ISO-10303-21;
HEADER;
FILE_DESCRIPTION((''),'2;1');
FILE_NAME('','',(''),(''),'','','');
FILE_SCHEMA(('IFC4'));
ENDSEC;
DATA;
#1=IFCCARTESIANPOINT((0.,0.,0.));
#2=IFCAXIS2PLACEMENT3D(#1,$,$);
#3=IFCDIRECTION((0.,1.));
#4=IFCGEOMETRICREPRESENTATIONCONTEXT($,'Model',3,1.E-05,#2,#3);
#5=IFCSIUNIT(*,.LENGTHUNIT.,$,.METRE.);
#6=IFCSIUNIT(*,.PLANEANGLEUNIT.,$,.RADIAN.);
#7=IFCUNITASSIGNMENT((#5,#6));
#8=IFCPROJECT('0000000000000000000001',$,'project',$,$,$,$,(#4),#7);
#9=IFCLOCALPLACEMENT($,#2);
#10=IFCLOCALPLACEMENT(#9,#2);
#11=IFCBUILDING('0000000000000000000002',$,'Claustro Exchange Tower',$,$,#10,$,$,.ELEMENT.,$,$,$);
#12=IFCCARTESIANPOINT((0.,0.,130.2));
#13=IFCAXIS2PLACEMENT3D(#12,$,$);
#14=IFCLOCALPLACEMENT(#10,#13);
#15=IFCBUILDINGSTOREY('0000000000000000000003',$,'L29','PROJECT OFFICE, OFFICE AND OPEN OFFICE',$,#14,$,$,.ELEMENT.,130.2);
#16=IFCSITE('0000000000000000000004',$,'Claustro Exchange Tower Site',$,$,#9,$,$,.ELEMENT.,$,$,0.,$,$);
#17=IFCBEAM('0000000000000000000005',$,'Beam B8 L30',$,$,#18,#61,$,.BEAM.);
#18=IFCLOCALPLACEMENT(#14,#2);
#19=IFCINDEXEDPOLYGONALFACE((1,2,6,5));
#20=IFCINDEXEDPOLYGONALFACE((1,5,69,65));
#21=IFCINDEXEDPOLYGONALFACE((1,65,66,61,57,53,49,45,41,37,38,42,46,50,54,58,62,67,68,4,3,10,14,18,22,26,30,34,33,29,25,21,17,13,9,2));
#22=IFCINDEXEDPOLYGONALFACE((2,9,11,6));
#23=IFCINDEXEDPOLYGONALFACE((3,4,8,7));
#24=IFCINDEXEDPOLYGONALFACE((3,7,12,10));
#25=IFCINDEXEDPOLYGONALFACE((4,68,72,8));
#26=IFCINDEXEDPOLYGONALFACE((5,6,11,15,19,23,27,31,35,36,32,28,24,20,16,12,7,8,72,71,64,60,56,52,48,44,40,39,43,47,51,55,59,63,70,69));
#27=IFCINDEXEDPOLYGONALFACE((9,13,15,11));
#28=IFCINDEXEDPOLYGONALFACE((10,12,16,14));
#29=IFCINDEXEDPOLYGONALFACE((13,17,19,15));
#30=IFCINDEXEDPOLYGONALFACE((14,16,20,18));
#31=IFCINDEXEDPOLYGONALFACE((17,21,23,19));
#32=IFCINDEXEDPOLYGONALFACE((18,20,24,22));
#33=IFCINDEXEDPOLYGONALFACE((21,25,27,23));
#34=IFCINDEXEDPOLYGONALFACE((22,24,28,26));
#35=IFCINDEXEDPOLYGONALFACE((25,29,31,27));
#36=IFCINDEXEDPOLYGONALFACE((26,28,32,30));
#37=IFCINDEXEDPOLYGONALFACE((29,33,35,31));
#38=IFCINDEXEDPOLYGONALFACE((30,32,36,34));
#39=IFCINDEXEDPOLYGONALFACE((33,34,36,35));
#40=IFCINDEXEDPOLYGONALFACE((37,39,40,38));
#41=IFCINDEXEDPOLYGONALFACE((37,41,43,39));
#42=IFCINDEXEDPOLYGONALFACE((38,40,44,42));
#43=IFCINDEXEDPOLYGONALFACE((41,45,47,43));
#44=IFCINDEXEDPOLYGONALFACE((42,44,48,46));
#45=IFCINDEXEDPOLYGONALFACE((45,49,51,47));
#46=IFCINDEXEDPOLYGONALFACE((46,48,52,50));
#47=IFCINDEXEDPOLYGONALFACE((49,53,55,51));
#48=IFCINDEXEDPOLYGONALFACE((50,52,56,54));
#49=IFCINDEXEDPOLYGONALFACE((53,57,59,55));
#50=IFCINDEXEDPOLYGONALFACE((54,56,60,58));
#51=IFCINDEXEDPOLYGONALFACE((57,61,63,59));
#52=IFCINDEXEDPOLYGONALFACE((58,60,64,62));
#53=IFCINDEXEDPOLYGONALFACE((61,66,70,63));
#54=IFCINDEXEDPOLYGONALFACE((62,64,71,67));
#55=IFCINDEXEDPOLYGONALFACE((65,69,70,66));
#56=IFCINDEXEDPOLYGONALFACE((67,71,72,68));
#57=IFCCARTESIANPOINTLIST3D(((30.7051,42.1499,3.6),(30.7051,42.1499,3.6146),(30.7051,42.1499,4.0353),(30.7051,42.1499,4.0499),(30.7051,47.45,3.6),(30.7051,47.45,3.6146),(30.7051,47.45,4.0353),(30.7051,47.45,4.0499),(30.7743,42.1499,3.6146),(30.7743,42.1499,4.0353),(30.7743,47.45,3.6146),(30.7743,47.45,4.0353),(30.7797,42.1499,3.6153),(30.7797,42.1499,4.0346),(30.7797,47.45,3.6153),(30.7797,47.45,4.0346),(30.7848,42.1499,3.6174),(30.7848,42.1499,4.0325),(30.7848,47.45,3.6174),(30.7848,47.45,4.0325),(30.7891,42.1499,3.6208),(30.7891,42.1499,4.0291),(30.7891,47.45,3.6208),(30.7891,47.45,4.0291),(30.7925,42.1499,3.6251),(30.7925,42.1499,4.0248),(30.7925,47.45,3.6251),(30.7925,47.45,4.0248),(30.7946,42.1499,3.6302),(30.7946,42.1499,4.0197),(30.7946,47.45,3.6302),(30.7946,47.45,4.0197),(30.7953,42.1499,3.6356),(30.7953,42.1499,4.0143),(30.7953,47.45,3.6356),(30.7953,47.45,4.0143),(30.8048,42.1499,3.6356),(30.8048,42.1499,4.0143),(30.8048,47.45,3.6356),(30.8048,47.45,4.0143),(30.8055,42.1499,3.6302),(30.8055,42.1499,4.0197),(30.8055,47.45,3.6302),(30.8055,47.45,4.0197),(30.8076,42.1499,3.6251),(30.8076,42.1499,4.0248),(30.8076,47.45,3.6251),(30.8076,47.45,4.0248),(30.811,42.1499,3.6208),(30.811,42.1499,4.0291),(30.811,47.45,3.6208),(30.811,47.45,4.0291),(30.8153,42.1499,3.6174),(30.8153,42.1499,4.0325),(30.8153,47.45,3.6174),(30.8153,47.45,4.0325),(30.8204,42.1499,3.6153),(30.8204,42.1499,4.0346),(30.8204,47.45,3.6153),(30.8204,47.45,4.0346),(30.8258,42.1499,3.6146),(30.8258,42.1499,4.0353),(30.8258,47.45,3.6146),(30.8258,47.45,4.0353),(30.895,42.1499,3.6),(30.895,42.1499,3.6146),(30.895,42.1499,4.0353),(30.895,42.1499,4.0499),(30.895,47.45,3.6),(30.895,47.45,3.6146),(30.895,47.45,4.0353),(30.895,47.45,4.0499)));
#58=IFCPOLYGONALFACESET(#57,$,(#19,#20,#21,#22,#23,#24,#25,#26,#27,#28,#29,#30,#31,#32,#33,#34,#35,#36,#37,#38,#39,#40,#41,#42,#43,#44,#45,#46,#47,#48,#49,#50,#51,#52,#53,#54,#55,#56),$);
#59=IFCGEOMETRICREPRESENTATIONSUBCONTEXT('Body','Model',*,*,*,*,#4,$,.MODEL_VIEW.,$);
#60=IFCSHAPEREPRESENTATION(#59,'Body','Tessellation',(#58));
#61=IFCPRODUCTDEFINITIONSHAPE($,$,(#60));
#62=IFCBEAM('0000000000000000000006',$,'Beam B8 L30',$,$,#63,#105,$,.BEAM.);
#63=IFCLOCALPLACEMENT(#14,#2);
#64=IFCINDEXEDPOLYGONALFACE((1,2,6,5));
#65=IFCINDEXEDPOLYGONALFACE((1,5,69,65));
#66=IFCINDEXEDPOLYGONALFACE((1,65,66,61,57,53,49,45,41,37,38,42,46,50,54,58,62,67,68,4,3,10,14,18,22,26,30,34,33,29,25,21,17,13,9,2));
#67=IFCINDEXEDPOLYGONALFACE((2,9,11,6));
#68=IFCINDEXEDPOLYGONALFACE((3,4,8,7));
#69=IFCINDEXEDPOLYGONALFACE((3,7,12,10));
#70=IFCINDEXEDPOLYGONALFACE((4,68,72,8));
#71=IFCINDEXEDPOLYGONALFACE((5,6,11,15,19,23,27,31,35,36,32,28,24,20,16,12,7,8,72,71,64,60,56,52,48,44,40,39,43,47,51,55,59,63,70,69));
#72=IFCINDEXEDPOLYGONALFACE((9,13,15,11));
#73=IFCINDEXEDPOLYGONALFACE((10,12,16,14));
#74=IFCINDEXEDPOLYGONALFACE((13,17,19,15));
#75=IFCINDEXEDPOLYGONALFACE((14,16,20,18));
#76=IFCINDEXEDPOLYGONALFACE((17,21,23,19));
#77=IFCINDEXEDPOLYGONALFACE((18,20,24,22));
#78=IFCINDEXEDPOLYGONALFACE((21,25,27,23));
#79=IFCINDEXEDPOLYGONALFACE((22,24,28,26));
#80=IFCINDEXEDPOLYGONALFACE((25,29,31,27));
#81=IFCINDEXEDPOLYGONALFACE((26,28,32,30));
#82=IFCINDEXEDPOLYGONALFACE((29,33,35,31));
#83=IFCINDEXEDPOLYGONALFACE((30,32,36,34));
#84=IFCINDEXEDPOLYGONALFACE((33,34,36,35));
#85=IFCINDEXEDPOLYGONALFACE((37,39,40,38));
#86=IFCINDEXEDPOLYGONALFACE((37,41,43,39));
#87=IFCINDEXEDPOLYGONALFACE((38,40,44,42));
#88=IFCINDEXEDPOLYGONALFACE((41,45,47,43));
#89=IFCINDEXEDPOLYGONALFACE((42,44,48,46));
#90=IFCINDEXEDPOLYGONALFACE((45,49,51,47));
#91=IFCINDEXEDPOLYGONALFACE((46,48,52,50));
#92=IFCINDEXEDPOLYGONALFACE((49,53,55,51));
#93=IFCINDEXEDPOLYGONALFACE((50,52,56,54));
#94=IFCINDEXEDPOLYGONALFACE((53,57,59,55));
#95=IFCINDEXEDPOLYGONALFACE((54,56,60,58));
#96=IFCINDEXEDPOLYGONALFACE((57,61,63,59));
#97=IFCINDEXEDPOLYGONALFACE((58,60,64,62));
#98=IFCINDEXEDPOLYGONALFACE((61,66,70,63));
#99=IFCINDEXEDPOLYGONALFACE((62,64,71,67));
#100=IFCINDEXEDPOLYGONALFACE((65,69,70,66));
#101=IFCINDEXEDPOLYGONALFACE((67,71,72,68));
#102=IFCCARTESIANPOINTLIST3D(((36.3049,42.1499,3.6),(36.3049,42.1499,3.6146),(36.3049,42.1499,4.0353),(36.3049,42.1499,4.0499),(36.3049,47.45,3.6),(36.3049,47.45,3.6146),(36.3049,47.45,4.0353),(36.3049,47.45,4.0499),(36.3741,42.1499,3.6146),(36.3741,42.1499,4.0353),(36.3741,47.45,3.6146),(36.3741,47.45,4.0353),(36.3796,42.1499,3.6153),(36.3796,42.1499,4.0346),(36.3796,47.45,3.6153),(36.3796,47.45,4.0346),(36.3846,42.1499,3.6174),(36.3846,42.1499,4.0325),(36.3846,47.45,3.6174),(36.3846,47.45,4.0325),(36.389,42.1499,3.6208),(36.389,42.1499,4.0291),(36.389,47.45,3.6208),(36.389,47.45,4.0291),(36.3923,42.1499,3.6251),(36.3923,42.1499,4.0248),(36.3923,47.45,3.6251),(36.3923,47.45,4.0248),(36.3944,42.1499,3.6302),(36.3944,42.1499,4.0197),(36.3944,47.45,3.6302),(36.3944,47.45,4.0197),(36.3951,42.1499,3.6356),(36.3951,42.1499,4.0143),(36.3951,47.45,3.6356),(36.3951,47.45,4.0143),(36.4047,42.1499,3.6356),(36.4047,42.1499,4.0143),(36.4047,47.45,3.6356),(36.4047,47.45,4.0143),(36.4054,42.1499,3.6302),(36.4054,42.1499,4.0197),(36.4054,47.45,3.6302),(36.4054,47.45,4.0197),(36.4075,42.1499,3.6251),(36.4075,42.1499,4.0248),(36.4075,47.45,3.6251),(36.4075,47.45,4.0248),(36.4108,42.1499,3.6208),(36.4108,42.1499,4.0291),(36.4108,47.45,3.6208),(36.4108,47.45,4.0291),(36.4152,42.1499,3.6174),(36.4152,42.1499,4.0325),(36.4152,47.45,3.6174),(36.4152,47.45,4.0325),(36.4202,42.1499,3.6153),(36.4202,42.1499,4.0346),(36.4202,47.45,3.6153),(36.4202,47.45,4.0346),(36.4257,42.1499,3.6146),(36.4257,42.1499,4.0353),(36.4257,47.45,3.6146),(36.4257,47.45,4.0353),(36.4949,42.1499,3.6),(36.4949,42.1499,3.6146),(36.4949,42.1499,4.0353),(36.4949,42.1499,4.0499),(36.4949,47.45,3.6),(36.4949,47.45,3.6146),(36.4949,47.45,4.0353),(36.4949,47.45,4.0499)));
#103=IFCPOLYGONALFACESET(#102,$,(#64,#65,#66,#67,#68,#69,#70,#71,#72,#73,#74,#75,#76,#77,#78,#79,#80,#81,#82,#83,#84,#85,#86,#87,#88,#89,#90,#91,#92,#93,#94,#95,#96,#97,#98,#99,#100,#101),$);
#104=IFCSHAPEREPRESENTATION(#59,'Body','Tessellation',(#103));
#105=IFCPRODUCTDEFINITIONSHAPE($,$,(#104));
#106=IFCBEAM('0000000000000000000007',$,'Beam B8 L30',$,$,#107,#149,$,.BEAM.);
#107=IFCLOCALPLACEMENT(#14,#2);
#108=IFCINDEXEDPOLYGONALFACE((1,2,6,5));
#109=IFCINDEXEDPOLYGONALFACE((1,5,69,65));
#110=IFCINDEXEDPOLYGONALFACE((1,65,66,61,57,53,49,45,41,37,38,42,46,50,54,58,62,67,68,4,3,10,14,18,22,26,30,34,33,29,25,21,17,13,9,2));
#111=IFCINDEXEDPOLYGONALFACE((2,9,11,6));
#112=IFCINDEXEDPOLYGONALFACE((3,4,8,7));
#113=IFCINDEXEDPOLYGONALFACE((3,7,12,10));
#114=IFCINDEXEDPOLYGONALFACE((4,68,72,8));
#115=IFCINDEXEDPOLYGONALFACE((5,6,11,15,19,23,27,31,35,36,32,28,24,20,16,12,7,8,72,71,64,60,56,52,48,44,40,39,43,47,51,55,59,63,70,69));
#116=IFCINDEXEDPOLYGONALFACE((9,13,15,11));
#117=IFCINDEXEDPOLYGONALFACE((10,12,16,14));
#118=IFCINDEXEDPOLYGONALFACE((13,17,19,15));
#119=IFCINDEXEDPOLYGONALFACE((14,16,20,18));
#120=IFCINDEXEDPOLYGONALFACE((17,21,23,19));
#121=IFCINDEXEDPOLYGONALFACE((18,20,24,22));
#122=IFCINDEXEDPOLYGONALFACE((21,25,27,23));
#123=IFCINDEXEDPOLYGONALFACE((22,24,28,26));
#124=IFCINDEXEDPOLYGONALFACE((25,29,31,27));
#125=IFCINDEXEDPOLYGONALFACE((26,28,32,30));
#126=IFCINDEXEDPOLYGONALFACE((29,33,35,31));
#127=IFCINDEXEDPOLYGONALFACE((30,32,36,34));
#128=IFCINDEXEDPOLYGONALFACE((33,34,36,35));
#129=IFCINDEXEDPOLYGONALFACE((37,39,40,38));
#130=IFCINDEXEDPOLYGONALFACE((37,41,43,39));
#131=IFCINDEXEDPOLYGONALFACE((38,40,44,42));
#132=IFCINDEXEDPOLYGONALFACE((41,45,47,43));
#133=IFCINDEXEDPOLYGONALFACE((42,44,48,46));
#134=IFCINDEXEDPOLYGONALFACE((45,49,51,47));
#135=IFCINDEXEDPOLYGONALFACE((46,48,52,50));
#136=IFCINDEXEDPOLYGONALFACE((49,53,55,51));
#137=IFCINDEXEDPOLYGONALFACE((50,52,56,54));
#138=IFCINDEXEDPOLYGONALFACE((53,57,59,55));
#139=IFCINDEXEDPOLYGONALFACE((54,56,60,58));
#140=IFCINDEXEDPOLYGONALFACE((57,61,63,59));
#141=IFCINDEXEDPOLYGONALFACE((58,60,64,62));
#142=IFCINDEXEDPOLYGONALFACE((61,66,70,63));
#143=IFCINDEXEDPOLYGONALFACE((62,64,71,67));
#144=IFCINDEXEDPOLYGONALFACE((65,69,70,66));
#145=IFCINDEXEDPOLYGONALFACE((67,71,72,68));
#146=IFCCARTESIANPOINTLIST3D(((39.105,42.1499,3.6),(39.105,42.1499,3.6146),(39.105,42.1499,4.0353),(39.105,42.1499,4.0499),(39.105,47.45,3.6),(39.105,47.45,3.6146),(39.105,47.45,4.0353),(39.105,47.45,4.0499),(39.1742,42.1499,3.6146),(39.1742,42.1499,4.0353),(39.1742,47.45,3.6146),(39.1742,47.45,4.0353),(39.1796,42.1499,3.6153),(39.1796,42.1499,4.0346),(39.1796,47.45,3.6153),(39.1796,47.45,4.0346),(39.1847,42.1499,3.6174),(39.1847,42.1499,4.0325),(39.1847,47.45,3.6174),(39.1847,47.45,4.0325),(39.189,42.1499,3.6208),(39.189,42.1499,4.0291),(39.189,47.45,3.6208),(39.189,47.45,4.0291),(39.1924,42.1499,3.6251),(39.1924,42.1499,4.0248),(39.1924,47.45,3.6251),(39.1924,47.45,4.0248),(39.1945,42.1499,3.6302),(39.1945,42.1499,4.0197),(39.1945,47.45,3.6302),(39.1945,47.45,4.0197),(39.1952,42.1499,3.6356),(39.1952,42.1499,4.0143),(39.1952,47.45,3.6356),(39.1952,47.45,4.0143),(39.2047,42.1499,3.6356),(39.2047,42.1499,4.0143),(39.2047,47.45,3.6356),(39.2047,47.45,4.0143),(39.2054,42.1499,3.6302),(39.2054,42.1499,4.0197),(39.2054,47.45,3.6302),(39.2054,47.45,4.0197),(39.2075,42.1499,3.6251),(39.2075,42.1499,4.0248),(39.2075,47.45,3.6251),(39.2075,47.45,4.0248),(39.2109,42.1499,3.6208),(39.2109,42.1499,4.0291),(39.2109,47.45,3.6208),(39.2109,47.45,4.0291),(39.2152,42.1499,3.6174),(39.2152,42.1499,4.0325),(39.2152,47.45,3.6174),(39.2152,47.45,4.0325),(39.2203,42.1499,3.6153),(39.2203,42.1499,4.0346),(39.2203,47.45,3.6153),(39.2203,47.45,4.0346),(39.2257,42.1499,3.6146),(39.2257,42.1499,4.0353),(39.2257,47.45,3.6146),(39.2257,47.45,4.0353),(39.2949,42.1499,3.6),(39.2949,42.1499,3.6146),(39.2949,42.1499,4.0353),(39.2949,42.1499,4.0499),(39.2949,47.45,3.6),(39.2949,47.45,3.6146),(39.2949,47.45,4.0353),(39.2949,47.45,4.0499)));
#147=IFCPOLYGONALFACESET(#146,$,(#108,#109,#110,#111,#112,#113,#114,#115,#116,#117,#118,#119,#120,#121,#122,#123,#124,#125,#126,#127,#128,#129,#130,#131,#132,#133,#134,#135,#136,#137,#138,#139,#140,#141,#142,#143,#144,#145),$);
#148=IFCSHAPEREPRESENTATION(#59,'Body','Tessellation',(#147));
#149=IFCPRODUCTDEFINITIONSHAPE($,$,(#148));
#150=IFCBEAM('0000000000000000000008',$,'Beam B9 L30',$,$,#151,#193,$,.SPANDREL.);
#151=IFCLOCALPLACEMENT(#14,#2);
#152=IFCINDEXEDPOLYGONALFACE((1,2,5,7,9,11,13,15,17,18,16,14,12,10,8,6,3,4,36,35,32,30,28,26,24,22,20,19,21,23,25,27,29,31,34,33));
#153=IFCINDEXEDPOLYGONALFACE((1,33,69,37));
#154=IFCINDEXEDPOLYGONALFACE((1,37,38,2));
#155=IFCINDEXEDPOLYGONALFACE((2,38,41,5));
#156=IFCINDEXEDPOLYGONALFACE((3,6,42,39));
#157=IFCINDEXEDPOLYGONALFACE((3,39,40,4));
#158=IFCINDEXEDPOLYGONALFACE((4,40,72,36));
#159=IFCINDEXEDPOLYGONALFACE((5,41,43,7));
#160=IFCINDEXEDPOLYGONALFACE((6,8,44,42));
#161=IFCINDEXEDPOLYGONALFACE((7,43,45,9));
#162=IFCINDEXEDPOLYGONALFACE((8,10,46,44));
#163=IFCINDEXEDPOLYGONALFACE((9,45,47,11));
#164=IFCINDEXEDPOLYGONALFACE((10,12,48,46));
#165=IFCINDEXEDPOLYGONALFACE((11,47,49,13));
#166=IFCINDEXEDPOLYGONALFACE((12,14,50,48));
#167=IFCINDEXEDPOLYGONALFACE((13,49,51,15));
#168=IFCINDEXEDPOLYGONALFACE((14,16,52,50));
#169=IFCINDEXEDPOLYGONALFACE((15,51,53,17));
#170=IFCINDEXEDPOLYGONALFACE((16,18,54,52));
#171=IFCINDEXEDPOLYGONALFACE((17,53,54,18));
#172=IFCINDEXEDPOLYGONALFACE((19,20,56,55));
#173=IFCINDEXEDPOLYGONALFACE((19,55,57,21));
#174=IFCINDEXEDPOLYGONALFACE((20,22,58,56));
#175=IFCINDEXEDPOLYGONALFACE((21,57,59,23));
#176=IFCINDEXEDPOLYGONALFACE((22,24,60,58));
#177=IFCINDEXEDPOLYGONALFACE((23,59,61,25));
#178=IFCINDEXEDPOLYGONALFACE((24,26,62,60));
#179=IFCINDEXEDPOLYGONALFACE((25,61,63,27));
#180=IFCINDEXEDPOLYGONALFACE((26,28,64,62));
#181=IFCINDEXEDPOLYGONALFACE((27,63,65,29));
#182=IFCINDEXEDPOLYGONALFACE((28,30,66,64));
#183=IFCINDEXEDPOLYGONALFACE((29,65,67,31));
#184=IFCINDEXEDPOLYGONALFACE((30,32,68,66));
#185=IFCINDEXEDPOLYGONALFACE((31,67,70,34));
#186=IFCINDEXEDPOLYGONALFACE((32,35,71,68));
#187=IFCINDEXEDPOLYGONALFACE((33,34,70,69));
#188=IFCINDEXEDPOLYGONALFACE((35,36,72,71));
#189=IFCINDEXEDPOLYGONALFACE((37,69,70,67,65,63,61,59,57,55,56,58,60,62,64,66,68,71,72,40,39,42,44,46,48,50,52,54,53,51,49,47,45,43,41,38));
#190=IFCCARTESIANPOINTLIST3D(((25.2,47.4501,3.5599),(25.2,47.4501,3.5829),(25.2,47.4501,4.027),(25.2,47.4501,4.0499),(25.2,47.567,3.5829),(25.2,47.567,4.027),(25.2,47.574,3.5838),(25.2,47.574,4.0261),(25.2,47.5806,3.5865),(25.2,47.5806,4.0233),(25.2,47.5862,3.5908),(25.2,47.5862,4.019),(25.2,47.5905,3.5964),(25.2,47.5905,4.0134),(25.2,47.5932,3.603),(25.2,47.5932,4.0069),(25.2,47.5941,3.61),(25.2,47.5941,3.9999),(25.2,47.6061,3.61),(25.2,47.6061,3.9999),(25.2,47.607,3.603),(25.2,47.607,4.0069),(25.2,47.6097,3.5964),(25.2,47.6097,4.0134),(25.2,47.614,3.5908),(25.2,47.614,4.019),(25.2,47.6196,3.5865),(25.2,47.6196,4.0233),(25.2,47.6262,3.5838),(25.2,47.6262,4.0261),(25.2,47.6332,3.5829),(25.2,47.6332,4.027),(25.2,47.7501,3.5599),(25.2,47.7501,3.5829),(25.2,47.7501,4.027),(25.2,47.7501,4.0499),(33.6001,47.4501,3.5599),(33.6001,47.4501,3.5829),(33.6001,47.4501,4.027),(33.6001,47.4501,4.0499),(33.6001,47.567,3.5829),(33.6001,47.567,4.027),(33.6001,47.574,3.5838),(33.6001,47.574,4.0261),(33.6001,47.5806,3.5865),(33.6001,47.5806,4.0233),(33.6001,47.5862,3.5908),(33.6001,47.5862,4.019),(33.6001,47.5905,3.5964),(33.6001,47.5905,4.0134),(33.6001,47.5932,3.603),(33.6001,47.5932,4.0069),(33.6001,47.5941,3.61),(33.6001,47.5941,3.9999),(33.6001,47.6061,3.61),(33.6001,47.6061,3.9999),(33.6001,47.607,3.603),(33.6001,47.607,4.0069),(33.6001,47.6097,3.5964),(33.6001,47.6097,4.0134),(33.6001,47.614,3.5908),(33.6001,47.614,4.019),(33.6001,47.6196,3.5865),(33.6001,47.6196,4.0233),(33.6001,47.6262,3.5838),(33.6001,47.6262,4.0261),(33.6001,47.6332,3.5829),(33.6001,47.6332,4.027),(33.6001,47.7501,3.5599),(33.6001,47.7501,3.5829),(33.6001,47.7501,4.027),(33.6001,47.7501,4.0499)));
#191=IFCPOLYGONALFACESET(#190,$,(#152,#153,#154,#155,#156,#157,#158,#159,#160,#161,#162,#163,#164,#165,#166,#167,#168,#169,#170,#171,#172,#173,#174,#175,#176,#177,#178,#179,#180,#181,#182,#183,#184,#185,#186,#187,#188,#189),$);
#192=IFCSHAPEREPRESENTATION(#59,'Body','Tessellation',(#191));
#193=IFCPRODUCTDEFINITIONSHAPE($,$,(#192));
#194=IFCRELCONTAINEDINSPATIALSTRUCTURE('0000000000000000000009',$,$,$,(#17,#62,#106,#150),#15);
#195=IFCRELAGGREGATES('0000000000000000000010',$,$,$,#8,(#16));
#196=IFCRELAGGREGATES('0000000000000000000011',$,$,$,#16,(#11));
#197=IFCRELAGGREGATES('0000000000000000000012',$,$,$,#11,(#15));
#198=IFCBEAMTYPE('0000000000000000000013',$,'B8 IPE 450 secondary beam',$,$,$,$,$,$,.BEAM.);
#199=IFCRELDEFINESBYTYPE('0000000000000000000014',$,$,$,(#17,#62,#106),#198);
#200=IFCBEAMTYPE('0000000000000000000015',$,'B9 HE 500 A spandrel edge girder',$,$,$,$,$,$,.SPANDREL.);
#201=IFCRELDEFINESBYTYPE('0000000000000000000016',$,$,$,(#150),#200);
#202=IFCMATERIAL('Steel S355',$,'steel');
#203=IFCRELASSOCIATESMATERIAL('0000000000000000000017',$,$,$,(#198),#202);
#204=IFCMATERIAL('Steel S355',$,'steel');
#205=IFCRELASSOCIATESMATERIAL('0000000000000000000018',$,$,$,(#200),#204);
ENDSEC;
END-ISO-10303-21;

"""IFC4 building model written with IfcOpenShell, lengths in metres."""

from ifc_helpers import new_model, si_unit, direction, frame, origin, origin_2d, place, context, subcontext, project, spatial, i_section, extrude, material, material_profile, profile_set, type_object, element, save


model = new_model("IFC4")

# Units and contexts
model_context = context("Model", 3, precision=1e-05, world=origin(), true_north=direction((0.0, 1.0)))
body_context = subcontext(model_context, "Body", "Model", "MODEL_VIEW")
ifc_project = project(units=[si_unit("LENGTHUNIT", "METRE"), si_unit("PLANEANGLEUNIT", "RADIAN")], contexts=[model_context])

# Site, building, storey
site_placement = place(None, origin())
site = spatial("IfcSite", under=ifc_project, at=site_placement, Name="Claustro Exchange Tower Site", CompositionType="ELEMENT", RefElevation=0.0)
building_placement = place(site_placement, origin())
building = spatial("IfcBuilding", under=site, at=building_placement, Name="Claustro Exchange Tower", CompositionType="ELEMENT")
storey_placement = place(building_placement, frame((0.0, 0.0, 130.2)))
storey = spatial("IfcBuildingStorey", under=building, at=storey_placement, Name="L29", Description="PROJECT OFFICE, OFFICE AND OPEN OFFICE", CompositionType="ELEMENT", Elevation=130.2)

# Beams
ifc_material_1 = material(Name="Steel S355", Category="steel")
ifc_material_profile_1 = material_profile(ifc_material_1, i_section(OverallWidth=0.1899, OverallDepth=0.45, WebThickness=0.0095, FlangeThickness=0.0146, FilletRadius=0.021, at=origin_2d()), Name="IPE 450")
ifc_profile_set_1 = profile_set([ifc_material_profile_1], Name="Steel S355")
beam_type_1 = type_object("IfcBeamType", Name="B8 IPE 450 secondary beam", PredefinedType="BEAM", material=ifc_profile_set_1)
for number, where, z_axis, x_axis, name in (
    (1, (30.8, 42.1499, 3.825), (0.0, 1.0, 0.0), (-1.0, 0.0, 0.0), "Beam B8 L30"),
    (2, (36.3999, 42.1499, 3.825), (0.0, 1.0, 0.0), (-1.0, 0.0, 0.0), "Beam B8 L30"),
    (3, (39.2, 42.1499, 3.825), (0.0, 1.0, 0.0), (-1.0, 0.0, 0.0), "Beam B8 L30"),
):
    element("IfcBeam", number, at=place(storey_placement, frame(where, z_axis=z_axis, x_axis=x_axis)), inside=storey, type_object=beam_type_1, Name=name, PredefinedType="BEAM", context=body_context, shape_type="SweptSolid", body=[
        extrude(i_section(OverallWidth=0.1899, OverallDepth=0.45, WebThickness=0.0095, FlangeThickness=0.0146, FilletRadius=0.021, at=origin_2d()), origin(), (0.0, 0.0, 1.0), 5.3),
    ])
ifc_material_2 = material(Name="Steel S355", Category="steel")
ifc_material_profile_2 = material_profile(ifc_material_2, i_section(OverallWidth=0.3, OverallDepth=0.49, WebThickness=0.012, FlangeThickness=0.0229, FilletRadius=0.0271, at=origin_2d()), Name="HE 500 A")
ifc_profile_set_2 = profile_set([ifc_material_profile_2], Name="Steel S355")
beam_type_2 = type_object("IfcBeamType", Name="B9 HE 500 A spandrel edge girder", PredefinedType="SPANDREL", material=ifc_profile_set_2)
beam_1_placement = place(storey_placement, frame((25.2, 47.6001, 3.8049), z_axis=(1.0, 0.0, 0.0), x_axis=(0.0, 1.0, 0.0)))
element("IfcBeam", 4, at=beam_1_placement, inside=storey, type_object=beam_type_2, Name="Beam B9 L30", PredefinedType="SPANDREL", context=body_context, shape_type="SweptSolid", body=[
    extrude(i_section(OverallWidth=0.3, OverallDepth=0.49, WebThickness=0.012, FlangeThickness=0.0229, FilletRadius=0.0271, at=origin_2d()), origin(), (0.0, 0.0, 1.0), 8.4001),
])

save(model, "model.ifc")
